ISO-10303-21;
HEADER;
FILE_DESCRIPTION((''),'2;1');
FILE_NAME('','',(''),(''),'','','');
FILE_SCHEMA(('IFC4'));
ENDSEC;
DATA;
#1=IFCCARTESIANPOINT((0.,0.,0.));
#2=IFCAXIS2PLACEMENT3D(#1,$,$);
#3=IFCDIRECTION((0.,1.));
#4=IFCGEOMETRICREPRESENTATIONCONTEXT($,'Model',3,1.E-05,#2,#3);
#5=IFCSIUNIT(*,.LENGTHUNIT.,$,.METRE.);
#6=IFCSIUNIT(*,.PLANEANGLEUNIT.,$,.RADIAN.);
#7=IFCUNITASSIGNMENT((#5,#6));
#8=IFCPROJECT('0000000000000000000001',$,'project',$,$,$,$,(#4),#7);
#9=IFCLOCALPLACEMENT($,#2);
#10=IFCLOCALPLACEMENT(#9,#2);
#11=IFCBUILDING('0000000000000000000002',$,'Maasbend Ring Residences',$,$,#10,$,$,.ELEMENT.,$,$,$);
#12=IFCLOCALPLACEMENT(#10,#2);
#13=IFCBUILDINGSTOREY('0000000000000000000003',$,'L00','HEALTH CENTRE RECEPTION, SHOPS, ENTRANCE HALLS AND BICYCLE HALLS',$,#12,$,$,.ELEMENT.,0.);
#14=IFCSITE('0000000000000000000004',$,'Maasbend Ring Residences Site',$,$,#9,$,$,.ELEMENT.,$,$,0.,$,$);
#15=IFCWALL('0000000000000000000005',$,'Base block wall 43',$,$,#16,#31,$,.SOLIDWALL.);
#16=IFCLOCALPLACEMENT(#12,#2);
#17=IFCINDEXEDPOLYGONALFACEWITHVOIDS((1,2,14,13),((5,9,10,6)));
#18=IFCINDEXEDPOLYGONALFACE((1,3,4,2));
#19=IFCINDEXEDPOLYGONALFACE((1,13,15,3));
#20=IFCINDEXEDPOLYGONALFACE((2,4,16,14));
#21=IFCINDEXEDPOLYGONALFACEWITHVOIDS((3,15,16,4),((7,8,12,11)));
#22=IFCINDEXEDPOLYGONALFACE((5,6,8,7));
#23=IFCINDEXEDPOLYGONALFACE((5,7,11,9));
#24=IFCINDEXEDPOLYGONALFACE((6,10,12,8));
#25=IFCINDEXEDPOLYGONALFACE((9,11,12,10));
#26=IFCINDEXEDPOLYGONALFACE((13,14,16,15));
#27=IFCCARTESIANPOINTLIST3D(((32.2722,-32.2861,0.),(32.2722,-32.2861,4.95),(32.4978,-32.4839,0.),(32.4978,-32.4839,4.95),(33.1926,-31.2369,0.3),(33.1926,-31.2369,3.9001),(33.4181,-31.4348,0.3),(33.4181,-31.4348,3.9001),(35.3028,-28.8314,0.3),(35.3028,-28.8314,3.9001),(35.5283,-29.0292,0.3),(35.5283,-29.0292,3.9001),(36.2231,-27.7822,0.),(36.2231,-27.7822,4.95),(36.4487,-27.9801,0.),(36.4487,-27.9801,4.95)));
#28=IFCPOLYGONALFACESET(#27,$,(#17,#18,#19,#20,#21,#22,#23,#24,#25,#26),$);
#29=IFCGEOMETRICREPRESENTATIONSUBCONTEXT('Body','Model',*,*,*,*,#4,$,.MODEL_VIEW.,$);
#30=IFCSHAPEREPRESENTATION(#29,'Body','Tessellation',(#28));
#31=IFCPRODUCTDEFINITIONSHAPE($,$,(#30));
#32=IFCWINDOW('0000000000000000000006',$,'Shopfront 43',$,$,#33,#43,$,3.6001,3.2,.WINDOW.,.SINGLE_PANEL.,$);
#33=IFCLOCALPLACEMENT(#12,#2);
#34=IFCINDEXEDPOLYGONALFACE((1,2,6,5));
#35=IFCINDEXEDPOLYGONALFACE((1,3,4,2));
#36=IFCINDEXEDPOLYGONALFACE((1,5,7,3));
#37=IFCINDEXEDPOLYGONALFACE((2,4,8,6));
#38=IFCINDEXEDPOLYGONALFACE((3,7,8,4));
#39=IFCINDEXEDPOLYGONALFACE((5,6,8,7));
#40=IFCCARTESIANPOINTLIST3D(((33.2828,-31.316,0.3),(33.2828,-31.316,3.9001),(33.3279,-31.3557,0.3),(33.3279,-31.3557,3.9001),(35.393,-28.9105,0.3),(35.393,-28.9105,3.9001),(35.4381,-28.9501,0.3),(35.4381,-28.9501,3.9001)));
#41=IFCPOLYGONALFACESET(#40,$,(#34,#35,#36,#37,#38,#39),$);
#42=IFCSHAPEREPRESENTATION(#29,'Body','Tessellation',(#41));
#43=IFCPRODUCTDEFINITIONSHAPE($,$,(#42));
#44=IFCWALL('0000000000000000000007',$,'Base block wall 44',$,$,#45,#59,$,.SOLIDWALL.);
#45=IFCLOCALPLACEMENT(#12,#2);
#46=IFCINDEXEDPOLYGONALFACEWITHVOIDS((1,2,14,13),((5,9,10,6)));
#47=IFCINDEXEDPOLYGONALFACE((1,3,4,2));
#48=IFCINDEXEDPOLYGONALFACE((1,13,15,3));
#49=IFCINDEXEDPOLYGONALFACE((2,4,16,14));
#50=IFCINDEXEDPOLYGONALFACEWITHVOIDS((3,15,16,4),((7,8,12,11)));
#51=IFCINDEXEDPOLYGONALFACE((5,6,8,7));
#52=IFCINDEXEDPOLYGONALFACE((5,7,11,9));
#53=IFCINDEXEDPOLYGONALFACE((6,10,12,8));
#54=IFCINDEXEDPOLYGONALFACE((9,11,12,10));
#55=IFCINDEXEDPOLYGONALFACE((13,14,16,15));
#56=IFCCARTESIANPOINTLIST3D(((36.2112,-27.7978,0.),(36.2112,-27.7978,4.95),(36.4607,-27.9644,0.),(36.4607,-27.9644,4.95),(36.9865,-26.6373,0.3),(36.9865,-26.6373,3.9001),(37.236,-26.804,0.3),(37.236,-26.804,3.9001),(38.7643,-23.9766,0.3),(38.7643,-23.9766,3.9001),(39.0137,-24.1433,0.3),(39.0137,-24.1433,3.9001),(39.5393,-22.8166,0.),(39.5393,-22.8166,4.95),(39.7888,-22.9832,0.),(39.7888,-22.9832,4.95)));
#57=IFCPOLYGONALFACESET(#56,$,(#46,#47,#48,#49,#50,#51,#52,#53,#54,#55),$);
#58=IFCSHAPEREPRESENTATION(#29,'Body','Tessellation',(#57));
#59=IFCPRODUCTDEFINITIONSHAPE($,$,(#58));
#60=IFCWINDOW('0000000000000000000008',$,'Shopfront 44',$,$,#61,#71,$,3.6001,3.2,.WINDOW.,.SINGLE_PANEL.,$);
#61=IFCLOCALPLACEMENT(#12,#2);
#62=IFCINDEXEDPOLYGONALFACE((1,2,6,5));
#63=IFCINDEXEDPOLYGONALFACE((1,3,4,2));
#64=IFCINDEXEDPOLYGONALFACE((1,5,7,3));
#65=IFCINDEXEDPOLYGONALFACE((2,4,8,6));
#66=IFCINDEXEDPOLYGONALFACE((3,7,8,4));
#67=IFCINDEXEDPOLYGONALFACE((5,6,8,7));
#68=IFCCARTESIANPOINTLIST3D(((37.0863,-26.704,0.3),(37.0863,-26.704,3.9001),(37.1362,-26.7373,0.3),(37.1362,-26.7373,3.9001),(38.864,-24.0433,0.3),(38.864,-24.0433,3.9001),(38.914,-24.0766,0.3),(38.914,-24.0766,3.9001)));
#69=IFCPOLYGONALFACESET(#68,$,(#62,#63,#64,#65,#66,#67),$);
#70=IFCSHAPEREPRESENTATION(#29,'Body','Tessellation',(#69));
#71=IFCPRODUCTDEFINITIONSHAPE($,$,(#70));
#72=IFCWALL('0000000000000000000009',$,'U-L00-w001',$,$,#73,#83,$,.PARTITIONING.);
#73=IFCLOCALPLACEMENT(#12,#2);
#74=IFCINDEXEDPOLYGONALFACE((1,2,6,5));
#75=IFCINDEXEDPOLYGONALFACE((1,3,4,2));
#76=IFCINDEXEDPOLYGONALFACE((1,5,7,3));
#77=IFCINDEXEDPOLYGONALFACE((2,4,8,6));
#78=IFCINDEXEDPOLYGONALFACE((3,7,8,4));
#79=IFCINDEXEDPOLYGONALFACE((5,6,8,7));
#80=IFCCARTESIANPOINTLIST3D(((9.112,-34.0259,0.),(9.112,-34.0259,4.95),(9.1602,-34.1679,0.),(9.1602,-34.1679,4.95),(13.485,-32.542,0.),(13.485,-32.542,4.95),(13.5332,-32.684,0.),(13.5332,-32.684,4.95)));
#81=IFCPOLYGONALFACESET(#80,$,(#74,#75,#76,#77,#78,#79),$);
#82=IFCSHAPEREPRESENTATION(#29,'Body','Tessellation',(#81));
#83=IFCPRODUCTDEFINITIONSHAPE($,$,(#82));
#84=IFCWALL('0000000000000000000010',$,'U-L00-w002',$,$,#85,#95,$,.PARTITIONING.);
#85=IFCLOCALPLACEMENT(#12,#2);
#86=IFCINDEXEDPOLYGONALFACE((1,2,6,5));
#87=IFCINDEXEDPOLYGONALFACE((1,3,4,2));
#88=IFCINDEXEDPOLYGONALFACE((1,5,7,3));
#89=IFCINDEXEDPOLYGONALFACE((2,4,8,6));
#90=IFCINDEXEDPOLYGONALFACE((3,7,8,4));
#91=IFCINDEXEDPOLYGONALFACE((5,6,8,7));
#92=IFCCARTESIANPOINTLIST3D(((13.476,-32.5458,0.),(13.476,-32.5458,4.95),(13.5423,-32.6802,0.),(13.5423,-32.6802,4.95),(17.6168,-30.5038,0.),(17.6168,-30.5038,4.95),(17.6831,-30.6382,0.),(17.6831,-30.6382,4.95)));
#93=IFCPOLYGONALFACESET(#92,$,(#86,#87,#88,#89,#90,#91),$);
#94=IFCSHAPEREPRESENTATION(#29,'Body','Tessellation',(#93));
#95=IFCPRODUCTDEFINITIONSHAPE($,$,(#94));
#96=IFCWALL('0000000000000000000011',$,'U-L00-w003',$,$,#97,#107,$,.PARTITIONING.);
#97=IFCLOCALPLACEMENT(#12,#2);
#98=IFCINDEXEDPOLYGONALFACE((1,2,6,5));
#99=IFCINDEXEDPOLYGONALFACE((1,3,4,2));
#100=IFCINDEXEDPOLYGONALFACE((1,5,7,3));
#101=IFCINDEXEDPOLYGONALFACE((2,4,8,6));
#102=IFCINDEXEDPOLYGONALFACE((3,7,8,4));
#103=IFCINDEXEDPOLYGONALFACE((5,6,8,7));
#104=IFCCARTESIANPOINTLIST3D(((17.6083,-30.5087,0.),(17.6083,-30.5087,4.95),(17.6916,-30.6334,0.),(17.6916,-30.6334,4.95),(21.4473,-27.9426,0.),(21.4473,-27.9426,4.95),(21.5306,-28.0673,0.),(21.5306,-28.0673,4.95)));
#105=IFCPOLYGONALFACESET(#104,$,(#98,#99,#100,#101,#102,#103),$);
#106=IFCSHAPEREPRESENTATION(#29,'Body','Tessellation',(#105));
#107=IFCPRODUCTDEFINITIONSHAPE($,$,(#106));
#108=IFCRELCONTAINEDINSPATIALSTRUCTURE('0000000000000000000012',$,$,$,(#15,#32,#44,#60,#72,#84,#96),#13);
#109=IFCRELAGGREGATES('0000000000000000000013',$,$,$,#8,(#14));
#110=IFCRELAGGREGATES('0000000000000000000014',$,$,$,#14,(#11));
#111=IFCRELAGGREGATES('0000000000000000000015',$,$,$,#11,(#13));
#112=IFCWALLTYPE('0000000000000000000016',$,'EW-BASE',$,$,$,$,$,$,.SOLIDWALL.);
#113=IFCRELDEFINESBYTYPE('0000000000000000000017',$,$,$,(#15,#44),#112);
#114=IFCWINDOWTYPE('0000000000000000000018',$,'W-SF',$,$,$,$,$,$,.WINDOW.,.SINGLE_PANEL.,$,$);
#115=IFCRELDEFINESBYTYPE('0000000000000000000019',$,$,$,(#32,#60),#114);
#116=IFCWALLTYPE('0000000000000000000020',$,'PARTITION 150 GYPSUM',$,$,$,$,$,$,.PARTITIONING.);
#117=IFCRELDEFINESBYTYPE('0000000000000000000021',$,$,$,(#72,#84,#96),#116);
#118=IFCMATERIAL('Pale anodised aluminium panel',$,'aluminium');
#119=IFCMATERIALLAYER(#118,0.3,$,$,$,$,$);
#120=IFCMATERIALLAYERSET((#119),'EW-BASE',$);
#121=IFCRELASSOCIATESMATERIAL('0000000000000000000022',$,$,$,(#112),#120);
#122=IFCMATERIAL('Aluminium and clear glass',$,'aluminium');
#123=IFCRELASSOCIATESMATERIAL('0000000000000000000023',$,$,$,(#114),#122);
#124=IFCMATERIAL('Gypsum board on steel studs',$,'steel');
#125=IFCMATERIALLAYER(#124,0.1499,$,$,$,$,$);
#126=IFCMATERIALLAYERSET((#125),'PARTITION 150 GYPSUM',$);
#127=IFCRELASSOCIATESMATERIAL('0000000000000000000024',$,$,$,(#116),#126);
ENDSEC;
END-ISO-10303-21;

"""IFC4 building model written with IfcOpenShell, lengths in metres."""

from ifc_helpers import new_model, si_unit, direction, frame, frame_2d, origin, place, context, subcontext, project, spatial, rectangle, extrude, material, layer, layer_set, type_object, element, fill, save


model = new_model("IFC4")

# Units and contexts
model_context = context("Model", 3, precision=1e-05, world=origin(), true_north=direction((0.0, 1.0)))
body_context = subcontext(model_context, "Body", "Model", "MODEL_VIEW")
ifc_project = project(units=[si_unit("LENGTHUNIT", "METRE"), si_unit("PLANEANGLEUNIT", "RADIAN")], contexts=[model_context])

# Site, building, storey
site_placement = place(None, origin())
site = spatial("IfcSite", under=ifc_project, at=site_placement, Name="Maasbend Ring Residences Site", CompositionType="ELEMENT", RefElevation=0.0)
building_placement = place(site_placement, origin())
building = spatial("IfcBuilding", under=site, at=building_placement, Name="Maasbend Ring Residences", CompositionType="ELEMENT")
storey_placement = place(building_placement, origin())
storey = spatial("IfcBuildingStorey", under=building, at=storey_placement, Name="L00", Description="HEALTH CENTRE RECEPTION, SHOPS, ENTRANCE HALLS AND BICYCLE HALLS", CompositionType="ELEMENT", Elevation=0.0)

# Walls, openings, windows
ifc_material_1 = material(Name="Pale anodised aluminium panel", Category="aluminium")
ifc_layer_1 = layer(ifc_material_1, 0.3)
ifc_layer_set_1 = layer_set([ifc_layer_1], Name="EW-BASE")
wall_type_1 = type_object("IfcWallType", Name="EW-BASE", PredefinedType="SOLIDWALL", material=ifc_layer_set_1)
wall_1_placement = place(storey_placement, frame((32.385, -32.385, 0.0), z_axis=(0.0, 0.0, 1.0), x_axis=(0.65945, 0.751748, 0.0)))
wall_1 = element("IfcWall", 1, at=wall_1_placement, inside=storey, type_object=wall_type_1, Name="Base block wall 43", PredefinedType="SOLIDWALL", context=body_context, shape_type="SweptSolid", body=[
    extrude(rectangle(XDim=5.9912, YDim=0.3, at=frame_2d((2.9956, 0.0))), origin(), (0.0, 0.0, 1.0), 4.95),
])
opening_1_placement = place(wall_1_placement, frame((1.3955, 0.0, 0.3)))
opening_1 = element("IfcOpeningElement", 2, at=opening_1_placement, cuts=wall_1, PredefinedType="OPENING", context=body_context, shape_type="SweptSolid", body=[
    extrude(rectangle(XDim=3.2, YDim=3.6001, at=frame_2d((1.6001, 1.8))), frame((0.0, 0.1602, 0.0), z_axis=(0.0, -1.0, 0.0), x_axis=(1.0, 0.0, 0.0)), (0.0, 0.0, 1.0), 0.3201),
])
ifc_material_2 = material(Name="Aluminium and clear glass", Category="aluminium")
window_type = type_object("IfcWindowType", Name="W-SF", PartitioningType="SINGLE_PANEL", PredefinedType="WINDOW", material=ifc_material_2)
window_1_placement = place(opening_1_placement, origin())
window_1 = element("IfcWindow", 3, at=window_1_placement, inside=storey, type_object=window_type, Name="Shopfront 43", OverallHeight=3.6001, OverallWidth=3.2, PartitioningType="SINGLE_PANEL", PredefinedType="WINDOW", context=body_context, shape_type="SweptSolid", body=[
    extrude(rectangle(XDim=3.2, YDim=3.6001, at=frame_2d((1.6001, 1.8))), frame((0.0, 0.03, 0.0), z_axis=(0.0, -1.0, 0.0), x_axis=(1.0, 0.0, 0.0)), (0.0, 0.0, 1.0), 0.0601),
])
fill(opening_1, window_1)
wall_2_placement = place(storey_placement, frame((36.3359, -27.8811, 0.0), z_axis=(0.0, 0.0, 1.0), x_axis=(0.555546, 0.831486, 0.0)))
wall_2 = element("IfcWall", 4, at=wall_2_placement, inside=storey, type_object=wall_type_1, Name="Base block wall 44", PredefinedType="SOLIDWALL", context=body_context, shape_type="SweptSolid", body=[
    extrude(rectangle(XDim=5.9907, YDim=0.3, at=frame_2d((2.9954, 0.0))), origin(), (0.0, 0.0, 1.0), 4.95),
])
opening_2_placement = place(wall_2_placement, frame((1.3955, 0.0, 0.3)))
opening_2 = element("IfcOpeningElement", 5, at=opening_2_placement, cuts=wall_2, PredefinedType="OPENING", context=body_context, shape_type="SweptSolid", body=[
    extrude(rectangle(XDim=3.2, YDim=3.6001, at=frame_2d((1.6001, 1.8))), frame((0.0, 0.1602, 0.0), z_axis=(0.0, -1.0, 0.0), x_axis=(1.0, 0.0, 0.0)), (0.0, 0.0, 1.0), 0.3201),
])
window_2_placement = place(opening_2_placement, origin())
window_2 = element("IfcWindow", 6, at=window_2_placement, inside=storey, type_object=window_type, Name="Shopfront 44", OverallHeight=3.6001, OverallWidth=3.2, PartitioningType="SINGLE_PANEL", PredefinedType="WINDOW", context=body_context, shape_type="SweptSolid", body=[
    extrude(rectangle(XDim=3.2, YDim=3.6001, at=frame_2d((1.6001, 1.8))), frame((0.0, 0.03, 0.0), z_axis=(0.0, -1.0, 0.0), x_axis=(1.0, 0.0, 0.0)), (0.0, 0.0, 1.0), 0.0601),
])
fill(opening_2, window_2)

# Walls
ifc_material_3 = material(Name="Gypsum board on steel studs", Category="steel")
ifc_layer_2 = layer(ifc_material_3, 0.1499)
ifc_layer_set_2 = layer_set([ifc_layer_2], Name="PARTITION 150 GYPSUM")
wall_type_2 = type_object("IfcWallType", Name="PARTITION 150 GYPSUM", PredefinedType="PARTITIONING", material=ifc_layer_set_2)
wall_3_placement = place(storey_placement, frame((9.136, -34.0969, 0.0), z_axis=(0.0, 0.0, 1.0), x_axis=(0.946967, 0.32133, 0.0)))
element("IfcWall", 7, at=wall_3_placement, inside=storey, type_object=wall_type_2, Name="U-L00-w001", PredefinedType="PARTITIONING", context=body_context, shape_type="SweptSolid", body=[
    extrude(rectangle(XDim=4.6179, YDim=0.1499, at=frame_2d((2.3091, 0.0))), origin(), (0.0, 0.0, 1.0), 4.95),
])
wall_4_placement = place(storey_placement, frame((13.509, -32.613, 0.0), z_axis=(0.0, 0.0, 1.0), x_axis=(0.896878, 0.442279, 0.0)))
element("IfcWall", 8, at=wall_4_placement, inside=storey, type_object=wall_type_2, Name="U-L00-w002", PredefinedType="PARTITIONING", context=body_context, shape_type="SweptSolid", body=[
    extrude(rectangle(XDim=4.6169, YDim=0.1499, at=frame_2d((2.3086, 0.0))), origin(), (0.0, 0.0, 1.0), 4.95),
])
wall_5_placement = place(storey_placement, frame((17.6499, -30.571, 0.0), z_axis=(0.0, 0.0, 1.0), x_axis=(0.831375, 0.555712, 0.0)))
element("IfcWall", 9, at=wall_5_placement, inside=storey, type_object=wall_type_2, Name="U-L00-w003", PredefinedType="PARTITIONING", context=body_context, shape_type="SweptSolid", body=[
    extrude(rectangle(XDim=4.6177, YDim=0.1499, at=frame_2d((2.3088, 0.0))), origin(), (0.0, 0.0, 1.0), 4.95),
])

save(model, "model.ifc")
